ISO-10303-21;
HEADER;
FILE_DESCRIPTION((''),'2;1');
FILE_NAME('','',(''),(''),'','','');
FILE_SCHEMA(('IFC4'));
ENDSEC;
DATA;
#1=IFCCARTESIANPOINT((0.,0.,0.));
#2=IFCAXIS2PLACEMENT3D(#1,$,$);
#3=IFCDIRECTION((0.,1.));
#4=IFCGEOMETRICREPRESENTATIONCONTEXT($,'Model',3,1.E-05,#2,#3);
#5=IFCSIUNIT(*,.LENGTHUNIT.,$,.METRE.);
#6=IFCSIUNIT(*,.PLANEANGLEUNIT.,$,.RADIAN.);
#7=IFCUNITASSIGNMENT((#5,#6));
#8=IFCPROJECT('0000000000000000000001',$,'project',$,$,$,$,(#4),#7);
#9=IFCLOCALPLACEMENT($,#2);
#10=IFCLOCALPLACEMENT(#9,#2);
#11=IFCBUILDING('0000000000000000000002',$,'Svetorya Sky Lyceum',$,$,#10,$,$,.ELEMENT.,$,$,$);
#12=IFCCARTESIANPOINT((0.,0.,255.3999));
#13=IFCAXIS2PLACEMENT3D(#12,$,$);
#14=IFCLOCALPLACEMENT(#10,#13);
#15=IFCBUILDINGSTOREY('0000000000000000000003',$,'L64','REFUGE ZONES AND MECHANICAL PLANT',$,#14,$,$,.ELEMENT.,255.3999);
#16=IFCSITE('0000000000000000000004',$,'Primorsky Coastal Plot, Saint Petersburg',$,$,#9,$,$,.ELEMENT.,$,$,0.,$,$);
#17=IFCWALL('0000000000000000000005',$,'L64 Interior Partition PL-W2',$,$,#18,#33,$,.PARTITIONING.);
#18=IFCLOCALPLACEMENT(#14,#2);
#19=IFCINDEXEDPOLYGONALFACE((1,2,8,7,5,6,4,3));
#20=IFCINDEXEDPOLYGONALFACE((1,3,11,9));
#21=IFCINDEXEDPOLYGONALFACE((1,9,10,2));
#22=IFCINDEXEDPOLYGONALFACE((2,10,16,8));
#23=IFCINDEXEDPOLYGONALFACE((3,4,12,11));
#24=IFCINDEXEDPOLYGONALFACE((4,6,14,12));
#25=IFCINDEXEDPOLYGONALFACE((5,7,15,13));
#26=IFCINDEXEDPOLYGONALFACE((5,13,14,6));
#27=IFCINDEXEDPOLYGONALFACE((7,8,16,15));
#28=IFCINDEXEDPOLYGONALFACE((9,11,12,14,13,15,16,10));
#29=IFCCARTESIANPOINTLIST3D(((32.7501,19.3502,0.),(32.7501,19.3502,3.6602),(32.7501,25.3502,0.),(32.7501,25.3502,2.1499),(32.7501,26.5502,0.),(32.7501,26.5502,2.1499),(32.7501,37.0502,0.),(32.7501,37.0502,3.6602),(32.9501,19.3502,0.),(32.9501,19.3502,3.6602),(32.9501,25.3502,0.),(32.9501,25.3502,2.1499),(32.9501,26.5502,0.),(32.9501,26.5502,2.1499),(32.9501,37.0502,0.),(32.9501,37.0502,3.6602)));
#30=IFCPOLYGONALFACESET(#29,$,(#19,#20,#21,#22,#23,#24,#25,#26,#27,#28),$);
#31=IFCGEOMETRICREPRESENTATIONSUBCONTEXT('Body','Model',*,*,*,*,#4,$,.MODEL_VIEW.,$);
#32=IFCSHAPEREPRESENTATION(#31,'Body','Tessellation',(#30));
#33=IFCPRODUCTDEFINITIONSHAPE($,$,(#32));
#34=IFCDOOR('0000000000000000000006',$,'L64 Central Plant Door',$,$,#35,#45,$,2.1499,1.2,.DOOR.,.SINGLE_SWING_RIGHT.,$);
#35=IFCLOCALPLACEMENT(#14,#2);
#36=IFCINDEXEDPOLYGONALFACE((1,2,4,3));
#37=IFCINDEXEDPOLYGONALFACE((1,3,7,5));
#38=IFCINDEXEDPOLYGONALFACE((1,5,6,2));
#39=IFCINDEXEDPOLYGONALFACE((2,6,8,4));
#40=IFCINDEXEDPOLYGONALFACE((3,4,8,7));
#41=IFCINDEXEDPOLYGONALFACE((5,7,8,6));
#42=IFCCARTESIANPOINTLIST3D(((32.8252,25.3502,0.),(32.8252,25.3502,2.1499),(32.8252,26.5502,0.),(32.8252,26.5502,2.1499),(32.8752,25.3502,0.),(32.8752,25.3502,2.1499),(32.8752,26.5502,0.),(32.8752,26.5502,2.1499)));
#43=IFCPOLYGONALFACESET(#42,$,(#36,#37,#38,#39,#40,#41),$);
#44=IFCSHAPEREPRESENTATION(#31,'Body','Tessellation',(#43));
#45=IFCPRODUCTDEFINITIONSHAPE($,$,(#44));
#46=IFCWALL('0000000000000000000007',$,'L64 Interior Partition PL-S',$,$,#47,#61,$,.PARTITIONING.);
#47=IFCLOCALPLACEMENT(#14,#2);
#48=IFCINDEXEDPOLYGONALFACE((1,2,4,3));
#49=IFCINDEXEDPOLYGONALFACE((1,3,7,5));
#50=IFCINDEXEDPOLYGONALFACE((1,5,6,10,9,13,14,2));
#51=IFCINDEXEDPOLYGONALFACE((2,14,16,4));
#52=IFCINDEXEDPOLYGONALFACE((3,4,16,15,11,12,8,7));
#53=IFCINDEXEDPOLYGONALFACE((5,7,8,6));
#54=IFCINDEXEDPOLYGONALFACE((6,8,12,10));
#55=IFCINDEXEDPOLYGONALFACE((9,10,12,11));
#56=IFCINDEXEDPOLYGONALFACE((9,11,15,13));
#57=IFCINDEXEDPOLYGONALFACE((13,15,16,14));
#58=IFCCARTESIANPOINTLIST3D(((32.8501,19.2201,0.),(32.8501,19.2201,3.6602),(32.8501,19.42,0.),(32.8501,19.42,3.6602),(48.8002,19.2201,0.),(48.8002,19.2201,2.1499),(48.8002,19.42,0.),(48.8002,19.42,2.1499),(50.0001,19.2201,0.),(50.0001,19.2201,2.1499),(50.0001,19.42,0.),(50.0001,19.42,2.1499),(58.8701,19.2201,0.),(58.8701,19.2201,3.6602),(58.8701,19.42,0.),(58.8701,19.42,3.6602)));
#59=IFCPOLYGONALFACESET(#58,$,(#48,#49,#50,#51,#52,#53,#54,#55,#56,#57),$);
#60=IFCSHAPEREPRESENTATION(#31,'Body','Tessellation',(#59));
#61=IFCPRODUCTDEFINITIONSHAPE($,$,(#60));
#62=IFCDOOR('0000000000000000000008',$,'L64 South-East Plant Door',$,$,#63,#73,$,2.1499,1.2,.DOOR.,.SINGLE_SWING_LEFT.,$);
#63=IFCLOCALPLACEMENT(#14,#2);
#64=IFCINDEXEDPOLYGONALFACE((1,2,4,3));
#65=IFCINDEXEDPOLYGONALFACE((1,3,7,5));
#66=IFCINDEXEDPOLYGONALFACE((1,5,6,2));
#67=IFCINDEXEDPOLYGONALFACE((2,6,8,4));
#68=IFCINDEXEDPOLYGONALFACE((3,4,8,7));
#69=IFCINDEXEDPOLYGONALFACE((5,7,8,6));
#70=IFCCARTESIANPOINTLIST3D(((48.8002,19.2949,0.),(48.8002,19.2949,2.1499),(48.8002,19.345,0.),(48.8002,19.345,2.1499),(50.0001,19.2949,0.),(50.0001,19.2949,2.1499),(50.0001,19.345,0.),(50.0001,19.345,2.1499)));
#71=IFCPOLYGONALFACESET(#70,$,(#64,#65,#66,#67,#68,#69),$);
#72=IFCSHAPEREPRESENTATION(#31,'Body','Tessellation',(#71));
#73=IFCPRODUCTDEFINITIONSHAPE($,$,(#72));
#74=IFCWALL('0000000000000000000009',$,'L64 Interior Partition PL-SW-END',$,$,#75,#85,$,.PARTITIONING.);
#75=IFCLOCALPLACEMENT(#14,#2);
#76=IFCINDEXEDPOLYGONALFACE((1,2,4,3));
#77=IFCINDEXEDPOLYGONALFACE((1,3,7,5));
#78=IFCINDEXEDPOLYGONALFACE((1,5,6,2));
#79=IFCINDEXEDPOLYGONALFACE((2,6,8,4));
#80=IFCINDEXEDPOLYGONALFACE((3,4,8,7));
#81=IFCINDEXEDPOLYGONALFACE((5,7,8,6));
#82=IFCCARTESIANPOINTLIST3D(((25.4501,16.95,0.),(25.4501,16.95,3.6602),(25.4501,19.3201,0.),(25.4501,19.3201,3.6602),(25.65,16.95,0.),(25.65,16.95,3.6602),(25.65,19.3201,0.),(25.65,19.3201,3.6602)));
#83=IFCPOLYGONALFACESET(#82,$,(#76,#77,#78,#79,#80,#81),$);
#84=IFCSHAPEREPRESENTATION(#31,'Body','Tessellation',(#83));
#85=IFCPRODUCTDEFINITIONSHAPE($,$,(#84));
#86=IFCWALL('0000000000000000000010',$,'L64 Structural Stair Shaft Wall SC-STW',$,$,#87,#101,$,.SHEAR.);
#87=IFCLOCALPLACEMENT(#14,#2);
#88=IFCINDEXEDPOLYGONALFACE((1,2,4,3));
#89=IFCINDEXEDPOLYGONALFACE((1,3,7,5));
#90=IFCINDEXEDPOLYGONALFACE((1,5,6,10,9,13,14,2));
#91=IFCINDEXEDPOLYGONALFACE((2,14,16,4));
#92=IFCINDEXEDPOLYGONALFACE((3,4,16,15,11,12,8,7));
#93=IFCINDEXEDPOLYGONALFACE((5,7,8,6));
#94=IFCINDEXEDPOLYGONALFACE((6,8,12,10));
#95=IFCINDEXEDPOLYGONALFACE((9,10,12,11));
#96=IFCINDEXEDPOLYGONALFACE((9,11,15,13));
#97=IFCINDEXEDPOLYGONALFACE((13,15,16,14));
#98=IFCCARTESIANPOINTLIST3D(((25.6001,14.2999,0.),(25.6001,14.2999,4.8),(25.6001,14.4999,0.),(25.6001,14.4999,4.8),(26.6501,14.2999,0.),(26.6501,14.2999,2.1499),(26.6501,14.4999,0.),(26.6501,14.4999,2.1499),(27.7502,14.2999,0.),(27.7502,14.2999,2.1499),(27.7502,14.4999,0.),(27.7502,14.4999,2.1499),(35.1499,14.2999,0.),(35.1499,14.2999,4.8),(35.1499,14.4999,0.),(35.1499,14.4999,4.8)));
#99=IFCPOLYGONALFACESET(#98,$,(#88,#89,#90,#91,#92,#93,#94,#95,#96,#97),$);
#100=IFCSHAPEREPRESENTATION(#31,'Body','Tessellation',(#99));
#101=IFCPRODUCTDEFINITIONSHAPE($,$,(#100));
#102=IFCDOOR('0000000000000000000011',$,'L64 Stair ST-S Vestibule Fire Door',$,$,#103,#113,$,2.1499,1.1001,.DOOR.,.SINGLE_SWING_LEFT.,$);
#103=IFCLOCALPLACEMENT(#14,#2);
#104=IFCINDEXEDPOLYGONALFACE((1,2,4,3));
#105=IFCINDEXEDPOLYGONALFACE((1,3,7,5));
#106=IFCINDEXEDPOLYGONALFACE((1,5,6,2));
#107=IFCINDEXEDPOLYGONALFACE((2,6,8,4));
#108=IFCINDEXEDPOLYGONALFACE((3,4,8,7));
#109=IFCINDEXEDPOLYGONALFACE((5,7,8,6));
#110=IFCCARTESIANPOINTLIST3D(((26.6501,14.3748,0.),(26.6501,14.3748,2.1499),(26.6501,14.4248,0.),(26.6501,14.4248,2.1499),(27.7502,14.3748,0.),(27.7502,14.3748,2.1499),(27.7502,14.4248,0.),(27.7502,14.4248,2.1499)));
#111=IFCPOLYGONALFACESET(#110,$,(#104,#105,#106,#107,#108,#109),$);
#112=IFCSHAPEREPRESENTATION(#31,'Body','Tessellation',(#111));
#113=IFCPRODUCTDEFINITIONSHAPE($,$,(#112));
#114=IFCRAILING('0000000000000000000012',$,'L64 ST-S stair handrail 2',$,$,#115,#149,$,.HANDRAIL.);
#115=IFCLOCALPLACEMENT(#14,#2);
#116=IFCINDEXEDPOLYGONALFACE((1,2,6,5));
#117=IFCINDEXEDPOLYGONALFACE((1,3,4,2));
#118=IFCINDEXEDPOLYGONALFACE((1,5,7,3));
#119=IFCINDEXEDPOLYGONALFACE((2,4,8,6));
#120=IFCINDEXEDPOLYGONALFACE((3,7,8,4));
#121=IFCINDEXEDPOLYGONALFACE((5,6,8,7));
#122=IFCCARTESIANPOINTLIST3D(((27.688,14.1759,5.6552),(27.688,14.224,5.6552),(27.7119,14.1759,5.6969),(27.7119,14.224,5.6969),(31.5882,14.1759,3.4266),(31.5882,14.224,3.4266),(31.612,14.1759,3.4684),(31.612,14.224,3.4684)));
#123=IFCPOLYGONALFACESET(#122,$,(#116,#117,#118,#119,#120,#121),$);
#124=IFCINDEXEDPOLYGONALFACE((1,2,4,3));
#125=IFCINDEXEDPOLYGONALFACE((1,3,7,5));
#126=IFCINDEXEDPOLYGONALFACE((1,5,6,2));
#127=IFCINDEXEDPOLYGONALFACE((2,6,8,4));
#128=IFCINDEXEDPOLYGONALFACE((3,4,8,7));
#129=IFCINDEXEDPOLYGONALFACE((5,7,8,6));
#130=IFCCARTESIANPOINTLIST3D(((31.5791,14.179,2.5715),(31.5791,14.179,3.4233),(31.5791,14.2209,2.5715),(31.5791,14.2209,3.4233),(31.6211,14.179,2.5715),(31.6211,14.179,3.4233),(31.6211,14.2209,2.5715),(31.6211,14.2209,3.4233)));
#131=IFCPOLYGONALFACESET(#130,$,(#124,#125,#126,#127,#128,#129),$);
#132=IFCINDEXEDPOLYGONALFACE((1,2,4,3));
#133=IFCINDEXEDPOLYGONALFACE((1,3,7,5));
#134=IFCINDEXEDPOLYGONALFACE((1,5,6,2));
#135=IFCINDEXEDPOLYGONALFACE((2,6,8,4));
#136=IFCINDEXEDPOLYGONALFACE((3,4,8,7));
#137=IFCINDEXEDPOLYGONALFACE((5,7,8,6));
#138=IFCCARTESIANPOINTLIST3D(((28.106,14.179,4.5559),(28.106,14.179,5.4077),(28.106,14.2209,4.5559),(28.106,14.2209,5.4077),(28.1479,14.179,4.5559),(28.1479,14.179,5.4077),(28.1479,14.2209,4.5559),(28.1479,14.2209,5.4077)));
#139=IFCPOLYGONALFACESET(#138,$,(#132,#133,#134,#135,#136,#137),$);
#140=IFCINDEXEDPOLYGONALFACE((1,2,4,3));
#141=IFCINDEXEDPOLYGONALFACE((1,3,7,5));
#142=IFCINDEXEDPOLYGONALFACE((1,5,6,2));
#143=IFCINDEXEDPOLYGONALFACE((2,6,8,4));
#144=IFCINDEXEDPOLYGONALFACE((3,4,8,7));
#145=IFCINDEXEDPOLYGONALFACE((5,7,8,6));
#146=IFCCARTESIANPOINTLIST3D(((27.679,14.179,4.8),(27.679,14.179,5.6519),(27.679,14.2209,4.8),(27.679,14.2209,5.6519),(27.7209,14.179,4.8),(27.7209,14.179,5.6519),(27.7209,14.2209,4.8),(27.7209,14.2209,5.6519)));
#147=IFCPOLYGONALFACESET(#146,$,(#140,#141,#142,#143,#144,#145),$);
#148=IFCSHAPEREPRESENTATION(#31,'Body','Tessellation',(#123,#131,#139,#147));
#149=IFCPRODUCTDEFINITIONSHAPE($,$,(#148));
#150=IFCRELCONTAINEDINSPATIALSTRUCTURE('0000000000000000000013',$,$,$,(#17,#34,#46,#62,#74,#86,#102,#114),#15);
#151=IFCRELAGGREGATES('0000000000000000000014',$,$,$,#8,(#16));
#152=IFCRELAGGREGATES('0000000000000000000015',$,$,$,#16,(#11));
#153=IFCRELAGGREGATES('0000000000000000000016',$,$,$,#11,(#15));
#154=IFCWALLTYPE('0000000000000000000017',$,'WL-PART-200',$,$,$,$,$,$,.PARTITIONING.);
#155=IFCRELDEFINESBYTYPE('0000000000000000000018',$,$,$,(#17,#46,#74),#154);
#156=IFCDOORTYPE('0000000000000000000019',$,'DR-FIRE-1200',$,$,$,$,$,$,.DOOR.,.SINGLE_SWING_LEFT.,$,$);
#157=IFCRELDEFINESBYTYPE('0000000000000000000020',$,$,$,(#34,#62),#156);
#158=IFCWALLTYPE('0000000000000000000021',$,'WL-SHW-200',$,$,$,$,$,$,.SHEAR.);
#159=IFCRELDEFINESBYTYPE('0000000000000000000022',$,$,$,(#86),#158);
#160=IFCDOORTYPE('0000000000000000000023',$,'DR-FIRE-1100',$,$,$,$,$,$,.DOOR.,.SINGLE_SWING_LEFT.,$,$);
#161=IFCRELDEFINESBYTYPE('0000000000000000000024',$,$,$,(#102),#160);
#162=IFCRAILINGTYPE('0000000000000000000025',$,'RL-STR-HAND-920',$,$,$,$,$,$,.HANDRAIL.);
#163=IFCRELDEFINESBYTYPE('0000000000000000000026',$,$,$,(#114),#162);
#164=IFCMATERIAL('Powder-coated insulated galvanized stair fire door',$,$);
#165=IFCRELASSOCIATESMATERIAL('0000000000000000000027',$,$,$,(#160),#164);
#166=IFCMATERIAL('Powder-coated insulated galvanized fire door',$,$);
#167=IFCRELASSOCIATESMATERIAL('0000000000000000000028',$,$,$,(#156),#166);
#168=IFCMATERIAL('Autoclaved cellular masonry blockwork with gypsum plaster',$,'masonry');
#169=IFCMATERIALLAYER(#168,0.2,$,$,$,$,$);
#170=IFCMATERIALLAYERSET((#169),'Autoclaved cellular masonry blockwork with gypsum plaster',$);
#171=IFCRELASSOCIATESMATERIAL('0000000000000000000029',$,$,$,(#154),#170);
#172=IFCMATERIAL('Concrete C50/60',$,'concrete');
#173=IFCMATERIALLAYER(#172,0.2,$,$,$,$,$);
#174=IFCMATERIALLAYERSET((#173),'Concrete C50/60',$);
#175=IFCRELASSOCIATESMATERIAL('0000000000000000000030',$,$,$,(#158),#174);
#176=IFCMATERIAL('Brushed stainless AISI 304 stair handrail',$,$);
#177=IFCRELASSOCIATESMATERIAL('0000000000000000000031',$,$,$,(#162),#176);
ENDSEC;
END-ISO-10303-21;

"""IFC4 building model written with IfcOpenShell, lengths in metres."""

from ifc_helpers import new_model, si_unit, direction, frame, frame_2d, origin, origin_2d, place, context, subcontext, project, spatial, rectangle, extrude, material, layer, layer_set, type_object, element, fill, save


model = new_model("IFC4")

# Units and contexts
model_context = context("Model", 3, precision=1e-05, world=origin(), true_north=direction((0.0, 1.0)))
body_context = subcontext(model_context, "Body", "Model", "MODEL_VIEW")
ifc_project = project(units=[si_unit("LENGTHUNIT", "METRE"), si_unit("PLANEANGLEUNIT", "RADIAN")], contexts=[model_context])

# Site, building, storey
site_placement = place(None, origin())
site = spatial("IfcSite", under=ifc_project, at=site_placement, Name="Primorsky Coastal Plot, Saint Petersburg", CompositionType="ELEMENT", RefElevation=0.0)
building_placement = place(site_placement, origin())
building = spatial("IfcBuilding", under=site, at=building_placement, Name="Svetorya Sky Lyceum", CompositionType="ELEMENT")
storey_placement = place(building_placement, frame((0.0, 0.0, 255.3999)))
storey = spatial("IfcBuildingStorey", under=building, at=storey_placement, Name="L64", Description="REFUGE ZONES AND MECHANICAL PLANT", CompositionType="ELEMENT", Elevation=255.3999)

# Shared definitions
ifc_material_1 = material(Name="Concrete C50/60", Category="concrete")

# Shared definitions
ifc_material_2 = material(Name="Powder-coated insulated galvanized stair fire door")
door_type_1 = type_object("IfcDoorType", Name="DR-FIRE-1100", OperationType="SINGLE_SWING_LEFT", PredefinedType="DOOR", material=ifc_material_2)
ifc_material_3 = material(Name="Powder-coated insulated galvanized fire door")
door_type_2 = type_object("IfcDoorType", Name="DR-FIRE-1200", OperationType="SINGLE_SWING_LEFT", PredefinedType="DOOR", material=ifc_material_3)

# Walls, openings, doors
ifc_material_4 = material(Name="Autoclaved cellular masonry blockwork with gypsum plaster", Category="masonry")
ifc_layer_1 = layer(ifc_material_4, 0.2)
ifc_layer_set_1 = layer_set([ifc_layer_1], Name="Autoclaved cellular masonry blockwork with gypsum plaster")
wall_type_1 = type_object("IfcWallType", Name="WL-PART-200", PredefinedType="PARTITIONING", material=ifc_layer_set_1)
wall_1_placement = place(storey_placement, frame((32.8501, 19.3501, 0.0), z_axis=(0.0, 0.0, 1.0), x_axis=(0.0, 1.0, 0.0)))
wall_1 = element("IfcWall", 1, at=wall_1_placement, inside=storey, type_object=wall_type_1, Name="L64 Interior Partition PL-W2", PredefinedType="PARTITIONING", context=body_context, shape_type="SweptSolid", body=[
    extrude(rectangle(XDim=17.7, YDim=0.2, at=frame_2d((8.8501, 0.0))), origin(), (0.0, 0.0, 1.0), 3.6602),
])
opening_1_placement = place(wall_1_placement, frame((6.0, 0.0, 0.0)))
opening_1 = element("IfcOpeningElement", 2, at=opening_1_placement, cuts=wall_1, PredefinedType="OPENING", context=body_context, shape_type="SweptSolid", body=[
    extrude(rectangle(XDim=1.2, YDim=2.1499, at=frame_2d((0.6001, 1.075))), frame((0.0, 0.1099, 0.0), z_axis=(0.0, -1.0, 0.0), x_axis=(1.0, 0.0, 0.0)), (0.0, 0.0, 1.0), 0.22),
])
door_1_placement = place(opening_1_placement, origin())
door_1 = element("IfcDoor", 3, at=door_1_placement, inside=storey, type_object=door_type_2, Name="L64 Central Plant Door", OperationType="SINGLE_SWING_RIGHT", OverallHeight=2.1499, OverallWidth=1.2, PredefinedType="DOOR", context=body_context, shape_type="SweptSolid", body=[
    extrude(rectangle(XDim=1.2, YDim=2.1499, at=frame_2d((0.6001, 1.075))), frame((0.0, 0.0249, 0.0), z_axis=(0.0, -1.0, 0.0), x_axis=(1.0, 0.0, 0.0)), (0.0, 0.0, 1.0), 0.05),
])
fill(opening_1, door_1)
wall_2_placement = place(storey_placement, frame((32.8501, 19.3201, 0.0), z_axis=(0.0, 0.0, 1.0), x_axis=(1.0, 0.0, 0.0)))
wall_2 = element("IfcWall", 4, at=wall_2_placement, inside=storey, type_object=wall_type_1, Name="L64 Interior Partition PL-S", PredefinedType="PARTITIONING", context=body_context, shape_type="SweptSolid", body=[
    extrude(rectangle(XDim=26.02, YDim=0.2, at=frame_2d((13.01, 0.0))), origin(), (0.0, 0.0, 1.0), 3.6602),
])
opening_2_placement = place(wall_2_placement, frame((15.95, 0.0, 0.0)))
opening_2 = element("IfcOpeningElement", 5, at=opening_2_placement, cuts=wall_2, PredefinedType="OPENING", context=body_context, shape_type="SweptSolid", body=[
    extrude(rectangle(XDim=1.2, YDim=2.1499, at=frame_2d((0.6001, 1.075))), frame((0.0, 0.1099, 0.0), z_axis=(0.0, -1.0, 0.0), x_axis=(1.0, 0.0, 0.0)), (0.0, 0.0, 1.0), 0.22),
])
door_2_placement = place(opening_2_placement, origin())
door_2 = element("IfcDoor", 6, at=door_2_placement, inside=storey, type_object=door_type_2, Name="L64 South-East Plant Door", OperationType="SINGLE_SWING_LEFT", OverallHeight=2.1499, OverallWidth=1.2, PredefinedType="DOOR", context=body_context, shape_type="SweptSolid", body=[
    extrude(rectangle(XDim=1.2, YDim=2.1499, at=frame_2d((0.6001, 1.075))), frame((0.0, 0.0249, 0.0), z_axis=(0.0, -1.0, 0.0), x_axis=(1.0, 0.0, 0.0)), (0.0, 0.0, 1.0), 0.05),
])
fill(opening_2, door_2)

# Wall
wall_3_placement = place(storey_placement, frame((25.55, 16.95, 0.0), z_axis=(0.0, 0.0, 1.0), x_axis=(0.0, 1.0, 0.0)))
element("IfcWall", 7, at=wall_3_placement, inside=storey, type_object=wall_type_1, Name="L64 Interior Partition PL-SW-END", PredefinedType="PARTITIONING", context=body_context, shape_type="SweptSolid", body=[
    extrude(rectangle(XDim=2.3701, YDim=0.2, at=frame_2d((1.1851, 0.0))), origin(), (0.0, 0.0, 1.0), 3.6602),
])

# Wall, opening, door
ifc_layer_2 = layer(ifc_material_1, 0.2)
ifc_layer_set_2 = layer_set([ifc_layer_2], Name="Concrete C50/60")
wall_type_2 = type_object("IfcWallType", Name="WL-SHW-200", PredefinedType="SHEAR", material=ifc_layer_set_2)
wall_4_placement = place(storey_placement, frame((25.6001, 14.3999, 0.0), z_axis=(0.0, 0.0, 1.0), x_axis=(1.0, 0.0, 0.0)))
wall_4 = element("IfcWall", 8, at=wall_4_placement, inside=storey, type_object=wall_type_2, Name="L64 Structural Stair Shaft Wall SC-STW", PredefinedType="SHEAR", context=body_context, shape_type="SweptSolid", body=[
    extrude(rectangle(XDim=9.5498, YDim=0.2, at=frame_2d((4.7749, 0.0))), origin(), (0.0, 0.0, 1.0), 4.8),
])
opening_3_placement = place(wall_4_placement, frame((1.05, 0.0, 0.0)))
opening_3 = element("IfcOpeningElement", 9, at=opening_3_placement, cuts=wall_4, PredefinedType="OPENING", context=body_context, shape_type="SweptSolid", body=[
    extrude(rectangle(XDim=1.1001, YDim=2.1499, at=frame_2d((0.55, 1.075))), frame((0.0, 0.1099, 0.0), z_axis=(0.0, -1.0, 0.0), x_axis=(1.0, 0.0, 0.0)), (0.0, 0.0, 1.0), 0.22),
])
door_3_placement = place(opening_3_placement, origin())
door_3 = element("IfcDoor", 10, at=door_3_placement, inside=storey, type_object=door_type_1, Name="L64 Stair ST-S Vestibule Fire Door", OperationType="SINGLE_SWING_LEFT", OverallHeight=2.1499, OverallWidth=1.1001, PredefinedType="DOOR", context=body_context, shape_type="SweptSolid", body=[
    extrude(rectangle(XDim=1.1001, YDim=2.1499, at=frame_2d((0.55, 1.075))), frame((0.0, 0.0249, 0.0), z_axis=(0.0, -1.0, 0.0), x_axis=(1.0, 0.0, 0.0)), (0.0, 0.0, 1.0), 0.05),
])
fill(opening_3, door_3)

# Railing
ifc_material_5 = material(Name="Brushed stainless AISI 304 stair handrail")
railing_type = type_object("IfcRailingType", Name="RL-STR-HAND-920", PredefinedType="HANDRAIL", material=ifc_material_5)
railing_placement = place(storey_placement, frame((31.6001, 14.2, 2.5715)))
element("IfcRailing", 11, at=railing_placement, inside=storey, type_object=railing_type, Name="L64 ST-S stair handrail 2", PredefinedType="HANDRAIL", context=body_context, shape_type="SweptSolid", body=[
    extrude(rectangle(XDim=0.0481, YDim=0.0481, at=origin_2d()), frame((0.0, 0.0, 0.876), z_axis=(-0.868257, 0.0, 0.496116), x_axis=(0.0, -1.0, 0.0)), (0.0, 0.0, 1.0), 4.4919),
    extrude(rectangle(XDim=0.042, YDim=0.042, at=origin_2d()), origin(), (0.0, 0.0, 1.0), 0.8518),
    extrude(rectangle(XDim=0.042, YDim=0.042, at=origin_2d()), frame((-3.4731, 0.0, 1.9844)), (0.0, 0.0, 1.0), 0.8518),
    extrude(rectangle(XDim=0.042, YDim=0.042, at=origin_2d()), frame((-3.9001, 0.0, 2.2285)), (0.0, 0.0, 1.0), 0.8518),
])

save(model, "model.ifc")
